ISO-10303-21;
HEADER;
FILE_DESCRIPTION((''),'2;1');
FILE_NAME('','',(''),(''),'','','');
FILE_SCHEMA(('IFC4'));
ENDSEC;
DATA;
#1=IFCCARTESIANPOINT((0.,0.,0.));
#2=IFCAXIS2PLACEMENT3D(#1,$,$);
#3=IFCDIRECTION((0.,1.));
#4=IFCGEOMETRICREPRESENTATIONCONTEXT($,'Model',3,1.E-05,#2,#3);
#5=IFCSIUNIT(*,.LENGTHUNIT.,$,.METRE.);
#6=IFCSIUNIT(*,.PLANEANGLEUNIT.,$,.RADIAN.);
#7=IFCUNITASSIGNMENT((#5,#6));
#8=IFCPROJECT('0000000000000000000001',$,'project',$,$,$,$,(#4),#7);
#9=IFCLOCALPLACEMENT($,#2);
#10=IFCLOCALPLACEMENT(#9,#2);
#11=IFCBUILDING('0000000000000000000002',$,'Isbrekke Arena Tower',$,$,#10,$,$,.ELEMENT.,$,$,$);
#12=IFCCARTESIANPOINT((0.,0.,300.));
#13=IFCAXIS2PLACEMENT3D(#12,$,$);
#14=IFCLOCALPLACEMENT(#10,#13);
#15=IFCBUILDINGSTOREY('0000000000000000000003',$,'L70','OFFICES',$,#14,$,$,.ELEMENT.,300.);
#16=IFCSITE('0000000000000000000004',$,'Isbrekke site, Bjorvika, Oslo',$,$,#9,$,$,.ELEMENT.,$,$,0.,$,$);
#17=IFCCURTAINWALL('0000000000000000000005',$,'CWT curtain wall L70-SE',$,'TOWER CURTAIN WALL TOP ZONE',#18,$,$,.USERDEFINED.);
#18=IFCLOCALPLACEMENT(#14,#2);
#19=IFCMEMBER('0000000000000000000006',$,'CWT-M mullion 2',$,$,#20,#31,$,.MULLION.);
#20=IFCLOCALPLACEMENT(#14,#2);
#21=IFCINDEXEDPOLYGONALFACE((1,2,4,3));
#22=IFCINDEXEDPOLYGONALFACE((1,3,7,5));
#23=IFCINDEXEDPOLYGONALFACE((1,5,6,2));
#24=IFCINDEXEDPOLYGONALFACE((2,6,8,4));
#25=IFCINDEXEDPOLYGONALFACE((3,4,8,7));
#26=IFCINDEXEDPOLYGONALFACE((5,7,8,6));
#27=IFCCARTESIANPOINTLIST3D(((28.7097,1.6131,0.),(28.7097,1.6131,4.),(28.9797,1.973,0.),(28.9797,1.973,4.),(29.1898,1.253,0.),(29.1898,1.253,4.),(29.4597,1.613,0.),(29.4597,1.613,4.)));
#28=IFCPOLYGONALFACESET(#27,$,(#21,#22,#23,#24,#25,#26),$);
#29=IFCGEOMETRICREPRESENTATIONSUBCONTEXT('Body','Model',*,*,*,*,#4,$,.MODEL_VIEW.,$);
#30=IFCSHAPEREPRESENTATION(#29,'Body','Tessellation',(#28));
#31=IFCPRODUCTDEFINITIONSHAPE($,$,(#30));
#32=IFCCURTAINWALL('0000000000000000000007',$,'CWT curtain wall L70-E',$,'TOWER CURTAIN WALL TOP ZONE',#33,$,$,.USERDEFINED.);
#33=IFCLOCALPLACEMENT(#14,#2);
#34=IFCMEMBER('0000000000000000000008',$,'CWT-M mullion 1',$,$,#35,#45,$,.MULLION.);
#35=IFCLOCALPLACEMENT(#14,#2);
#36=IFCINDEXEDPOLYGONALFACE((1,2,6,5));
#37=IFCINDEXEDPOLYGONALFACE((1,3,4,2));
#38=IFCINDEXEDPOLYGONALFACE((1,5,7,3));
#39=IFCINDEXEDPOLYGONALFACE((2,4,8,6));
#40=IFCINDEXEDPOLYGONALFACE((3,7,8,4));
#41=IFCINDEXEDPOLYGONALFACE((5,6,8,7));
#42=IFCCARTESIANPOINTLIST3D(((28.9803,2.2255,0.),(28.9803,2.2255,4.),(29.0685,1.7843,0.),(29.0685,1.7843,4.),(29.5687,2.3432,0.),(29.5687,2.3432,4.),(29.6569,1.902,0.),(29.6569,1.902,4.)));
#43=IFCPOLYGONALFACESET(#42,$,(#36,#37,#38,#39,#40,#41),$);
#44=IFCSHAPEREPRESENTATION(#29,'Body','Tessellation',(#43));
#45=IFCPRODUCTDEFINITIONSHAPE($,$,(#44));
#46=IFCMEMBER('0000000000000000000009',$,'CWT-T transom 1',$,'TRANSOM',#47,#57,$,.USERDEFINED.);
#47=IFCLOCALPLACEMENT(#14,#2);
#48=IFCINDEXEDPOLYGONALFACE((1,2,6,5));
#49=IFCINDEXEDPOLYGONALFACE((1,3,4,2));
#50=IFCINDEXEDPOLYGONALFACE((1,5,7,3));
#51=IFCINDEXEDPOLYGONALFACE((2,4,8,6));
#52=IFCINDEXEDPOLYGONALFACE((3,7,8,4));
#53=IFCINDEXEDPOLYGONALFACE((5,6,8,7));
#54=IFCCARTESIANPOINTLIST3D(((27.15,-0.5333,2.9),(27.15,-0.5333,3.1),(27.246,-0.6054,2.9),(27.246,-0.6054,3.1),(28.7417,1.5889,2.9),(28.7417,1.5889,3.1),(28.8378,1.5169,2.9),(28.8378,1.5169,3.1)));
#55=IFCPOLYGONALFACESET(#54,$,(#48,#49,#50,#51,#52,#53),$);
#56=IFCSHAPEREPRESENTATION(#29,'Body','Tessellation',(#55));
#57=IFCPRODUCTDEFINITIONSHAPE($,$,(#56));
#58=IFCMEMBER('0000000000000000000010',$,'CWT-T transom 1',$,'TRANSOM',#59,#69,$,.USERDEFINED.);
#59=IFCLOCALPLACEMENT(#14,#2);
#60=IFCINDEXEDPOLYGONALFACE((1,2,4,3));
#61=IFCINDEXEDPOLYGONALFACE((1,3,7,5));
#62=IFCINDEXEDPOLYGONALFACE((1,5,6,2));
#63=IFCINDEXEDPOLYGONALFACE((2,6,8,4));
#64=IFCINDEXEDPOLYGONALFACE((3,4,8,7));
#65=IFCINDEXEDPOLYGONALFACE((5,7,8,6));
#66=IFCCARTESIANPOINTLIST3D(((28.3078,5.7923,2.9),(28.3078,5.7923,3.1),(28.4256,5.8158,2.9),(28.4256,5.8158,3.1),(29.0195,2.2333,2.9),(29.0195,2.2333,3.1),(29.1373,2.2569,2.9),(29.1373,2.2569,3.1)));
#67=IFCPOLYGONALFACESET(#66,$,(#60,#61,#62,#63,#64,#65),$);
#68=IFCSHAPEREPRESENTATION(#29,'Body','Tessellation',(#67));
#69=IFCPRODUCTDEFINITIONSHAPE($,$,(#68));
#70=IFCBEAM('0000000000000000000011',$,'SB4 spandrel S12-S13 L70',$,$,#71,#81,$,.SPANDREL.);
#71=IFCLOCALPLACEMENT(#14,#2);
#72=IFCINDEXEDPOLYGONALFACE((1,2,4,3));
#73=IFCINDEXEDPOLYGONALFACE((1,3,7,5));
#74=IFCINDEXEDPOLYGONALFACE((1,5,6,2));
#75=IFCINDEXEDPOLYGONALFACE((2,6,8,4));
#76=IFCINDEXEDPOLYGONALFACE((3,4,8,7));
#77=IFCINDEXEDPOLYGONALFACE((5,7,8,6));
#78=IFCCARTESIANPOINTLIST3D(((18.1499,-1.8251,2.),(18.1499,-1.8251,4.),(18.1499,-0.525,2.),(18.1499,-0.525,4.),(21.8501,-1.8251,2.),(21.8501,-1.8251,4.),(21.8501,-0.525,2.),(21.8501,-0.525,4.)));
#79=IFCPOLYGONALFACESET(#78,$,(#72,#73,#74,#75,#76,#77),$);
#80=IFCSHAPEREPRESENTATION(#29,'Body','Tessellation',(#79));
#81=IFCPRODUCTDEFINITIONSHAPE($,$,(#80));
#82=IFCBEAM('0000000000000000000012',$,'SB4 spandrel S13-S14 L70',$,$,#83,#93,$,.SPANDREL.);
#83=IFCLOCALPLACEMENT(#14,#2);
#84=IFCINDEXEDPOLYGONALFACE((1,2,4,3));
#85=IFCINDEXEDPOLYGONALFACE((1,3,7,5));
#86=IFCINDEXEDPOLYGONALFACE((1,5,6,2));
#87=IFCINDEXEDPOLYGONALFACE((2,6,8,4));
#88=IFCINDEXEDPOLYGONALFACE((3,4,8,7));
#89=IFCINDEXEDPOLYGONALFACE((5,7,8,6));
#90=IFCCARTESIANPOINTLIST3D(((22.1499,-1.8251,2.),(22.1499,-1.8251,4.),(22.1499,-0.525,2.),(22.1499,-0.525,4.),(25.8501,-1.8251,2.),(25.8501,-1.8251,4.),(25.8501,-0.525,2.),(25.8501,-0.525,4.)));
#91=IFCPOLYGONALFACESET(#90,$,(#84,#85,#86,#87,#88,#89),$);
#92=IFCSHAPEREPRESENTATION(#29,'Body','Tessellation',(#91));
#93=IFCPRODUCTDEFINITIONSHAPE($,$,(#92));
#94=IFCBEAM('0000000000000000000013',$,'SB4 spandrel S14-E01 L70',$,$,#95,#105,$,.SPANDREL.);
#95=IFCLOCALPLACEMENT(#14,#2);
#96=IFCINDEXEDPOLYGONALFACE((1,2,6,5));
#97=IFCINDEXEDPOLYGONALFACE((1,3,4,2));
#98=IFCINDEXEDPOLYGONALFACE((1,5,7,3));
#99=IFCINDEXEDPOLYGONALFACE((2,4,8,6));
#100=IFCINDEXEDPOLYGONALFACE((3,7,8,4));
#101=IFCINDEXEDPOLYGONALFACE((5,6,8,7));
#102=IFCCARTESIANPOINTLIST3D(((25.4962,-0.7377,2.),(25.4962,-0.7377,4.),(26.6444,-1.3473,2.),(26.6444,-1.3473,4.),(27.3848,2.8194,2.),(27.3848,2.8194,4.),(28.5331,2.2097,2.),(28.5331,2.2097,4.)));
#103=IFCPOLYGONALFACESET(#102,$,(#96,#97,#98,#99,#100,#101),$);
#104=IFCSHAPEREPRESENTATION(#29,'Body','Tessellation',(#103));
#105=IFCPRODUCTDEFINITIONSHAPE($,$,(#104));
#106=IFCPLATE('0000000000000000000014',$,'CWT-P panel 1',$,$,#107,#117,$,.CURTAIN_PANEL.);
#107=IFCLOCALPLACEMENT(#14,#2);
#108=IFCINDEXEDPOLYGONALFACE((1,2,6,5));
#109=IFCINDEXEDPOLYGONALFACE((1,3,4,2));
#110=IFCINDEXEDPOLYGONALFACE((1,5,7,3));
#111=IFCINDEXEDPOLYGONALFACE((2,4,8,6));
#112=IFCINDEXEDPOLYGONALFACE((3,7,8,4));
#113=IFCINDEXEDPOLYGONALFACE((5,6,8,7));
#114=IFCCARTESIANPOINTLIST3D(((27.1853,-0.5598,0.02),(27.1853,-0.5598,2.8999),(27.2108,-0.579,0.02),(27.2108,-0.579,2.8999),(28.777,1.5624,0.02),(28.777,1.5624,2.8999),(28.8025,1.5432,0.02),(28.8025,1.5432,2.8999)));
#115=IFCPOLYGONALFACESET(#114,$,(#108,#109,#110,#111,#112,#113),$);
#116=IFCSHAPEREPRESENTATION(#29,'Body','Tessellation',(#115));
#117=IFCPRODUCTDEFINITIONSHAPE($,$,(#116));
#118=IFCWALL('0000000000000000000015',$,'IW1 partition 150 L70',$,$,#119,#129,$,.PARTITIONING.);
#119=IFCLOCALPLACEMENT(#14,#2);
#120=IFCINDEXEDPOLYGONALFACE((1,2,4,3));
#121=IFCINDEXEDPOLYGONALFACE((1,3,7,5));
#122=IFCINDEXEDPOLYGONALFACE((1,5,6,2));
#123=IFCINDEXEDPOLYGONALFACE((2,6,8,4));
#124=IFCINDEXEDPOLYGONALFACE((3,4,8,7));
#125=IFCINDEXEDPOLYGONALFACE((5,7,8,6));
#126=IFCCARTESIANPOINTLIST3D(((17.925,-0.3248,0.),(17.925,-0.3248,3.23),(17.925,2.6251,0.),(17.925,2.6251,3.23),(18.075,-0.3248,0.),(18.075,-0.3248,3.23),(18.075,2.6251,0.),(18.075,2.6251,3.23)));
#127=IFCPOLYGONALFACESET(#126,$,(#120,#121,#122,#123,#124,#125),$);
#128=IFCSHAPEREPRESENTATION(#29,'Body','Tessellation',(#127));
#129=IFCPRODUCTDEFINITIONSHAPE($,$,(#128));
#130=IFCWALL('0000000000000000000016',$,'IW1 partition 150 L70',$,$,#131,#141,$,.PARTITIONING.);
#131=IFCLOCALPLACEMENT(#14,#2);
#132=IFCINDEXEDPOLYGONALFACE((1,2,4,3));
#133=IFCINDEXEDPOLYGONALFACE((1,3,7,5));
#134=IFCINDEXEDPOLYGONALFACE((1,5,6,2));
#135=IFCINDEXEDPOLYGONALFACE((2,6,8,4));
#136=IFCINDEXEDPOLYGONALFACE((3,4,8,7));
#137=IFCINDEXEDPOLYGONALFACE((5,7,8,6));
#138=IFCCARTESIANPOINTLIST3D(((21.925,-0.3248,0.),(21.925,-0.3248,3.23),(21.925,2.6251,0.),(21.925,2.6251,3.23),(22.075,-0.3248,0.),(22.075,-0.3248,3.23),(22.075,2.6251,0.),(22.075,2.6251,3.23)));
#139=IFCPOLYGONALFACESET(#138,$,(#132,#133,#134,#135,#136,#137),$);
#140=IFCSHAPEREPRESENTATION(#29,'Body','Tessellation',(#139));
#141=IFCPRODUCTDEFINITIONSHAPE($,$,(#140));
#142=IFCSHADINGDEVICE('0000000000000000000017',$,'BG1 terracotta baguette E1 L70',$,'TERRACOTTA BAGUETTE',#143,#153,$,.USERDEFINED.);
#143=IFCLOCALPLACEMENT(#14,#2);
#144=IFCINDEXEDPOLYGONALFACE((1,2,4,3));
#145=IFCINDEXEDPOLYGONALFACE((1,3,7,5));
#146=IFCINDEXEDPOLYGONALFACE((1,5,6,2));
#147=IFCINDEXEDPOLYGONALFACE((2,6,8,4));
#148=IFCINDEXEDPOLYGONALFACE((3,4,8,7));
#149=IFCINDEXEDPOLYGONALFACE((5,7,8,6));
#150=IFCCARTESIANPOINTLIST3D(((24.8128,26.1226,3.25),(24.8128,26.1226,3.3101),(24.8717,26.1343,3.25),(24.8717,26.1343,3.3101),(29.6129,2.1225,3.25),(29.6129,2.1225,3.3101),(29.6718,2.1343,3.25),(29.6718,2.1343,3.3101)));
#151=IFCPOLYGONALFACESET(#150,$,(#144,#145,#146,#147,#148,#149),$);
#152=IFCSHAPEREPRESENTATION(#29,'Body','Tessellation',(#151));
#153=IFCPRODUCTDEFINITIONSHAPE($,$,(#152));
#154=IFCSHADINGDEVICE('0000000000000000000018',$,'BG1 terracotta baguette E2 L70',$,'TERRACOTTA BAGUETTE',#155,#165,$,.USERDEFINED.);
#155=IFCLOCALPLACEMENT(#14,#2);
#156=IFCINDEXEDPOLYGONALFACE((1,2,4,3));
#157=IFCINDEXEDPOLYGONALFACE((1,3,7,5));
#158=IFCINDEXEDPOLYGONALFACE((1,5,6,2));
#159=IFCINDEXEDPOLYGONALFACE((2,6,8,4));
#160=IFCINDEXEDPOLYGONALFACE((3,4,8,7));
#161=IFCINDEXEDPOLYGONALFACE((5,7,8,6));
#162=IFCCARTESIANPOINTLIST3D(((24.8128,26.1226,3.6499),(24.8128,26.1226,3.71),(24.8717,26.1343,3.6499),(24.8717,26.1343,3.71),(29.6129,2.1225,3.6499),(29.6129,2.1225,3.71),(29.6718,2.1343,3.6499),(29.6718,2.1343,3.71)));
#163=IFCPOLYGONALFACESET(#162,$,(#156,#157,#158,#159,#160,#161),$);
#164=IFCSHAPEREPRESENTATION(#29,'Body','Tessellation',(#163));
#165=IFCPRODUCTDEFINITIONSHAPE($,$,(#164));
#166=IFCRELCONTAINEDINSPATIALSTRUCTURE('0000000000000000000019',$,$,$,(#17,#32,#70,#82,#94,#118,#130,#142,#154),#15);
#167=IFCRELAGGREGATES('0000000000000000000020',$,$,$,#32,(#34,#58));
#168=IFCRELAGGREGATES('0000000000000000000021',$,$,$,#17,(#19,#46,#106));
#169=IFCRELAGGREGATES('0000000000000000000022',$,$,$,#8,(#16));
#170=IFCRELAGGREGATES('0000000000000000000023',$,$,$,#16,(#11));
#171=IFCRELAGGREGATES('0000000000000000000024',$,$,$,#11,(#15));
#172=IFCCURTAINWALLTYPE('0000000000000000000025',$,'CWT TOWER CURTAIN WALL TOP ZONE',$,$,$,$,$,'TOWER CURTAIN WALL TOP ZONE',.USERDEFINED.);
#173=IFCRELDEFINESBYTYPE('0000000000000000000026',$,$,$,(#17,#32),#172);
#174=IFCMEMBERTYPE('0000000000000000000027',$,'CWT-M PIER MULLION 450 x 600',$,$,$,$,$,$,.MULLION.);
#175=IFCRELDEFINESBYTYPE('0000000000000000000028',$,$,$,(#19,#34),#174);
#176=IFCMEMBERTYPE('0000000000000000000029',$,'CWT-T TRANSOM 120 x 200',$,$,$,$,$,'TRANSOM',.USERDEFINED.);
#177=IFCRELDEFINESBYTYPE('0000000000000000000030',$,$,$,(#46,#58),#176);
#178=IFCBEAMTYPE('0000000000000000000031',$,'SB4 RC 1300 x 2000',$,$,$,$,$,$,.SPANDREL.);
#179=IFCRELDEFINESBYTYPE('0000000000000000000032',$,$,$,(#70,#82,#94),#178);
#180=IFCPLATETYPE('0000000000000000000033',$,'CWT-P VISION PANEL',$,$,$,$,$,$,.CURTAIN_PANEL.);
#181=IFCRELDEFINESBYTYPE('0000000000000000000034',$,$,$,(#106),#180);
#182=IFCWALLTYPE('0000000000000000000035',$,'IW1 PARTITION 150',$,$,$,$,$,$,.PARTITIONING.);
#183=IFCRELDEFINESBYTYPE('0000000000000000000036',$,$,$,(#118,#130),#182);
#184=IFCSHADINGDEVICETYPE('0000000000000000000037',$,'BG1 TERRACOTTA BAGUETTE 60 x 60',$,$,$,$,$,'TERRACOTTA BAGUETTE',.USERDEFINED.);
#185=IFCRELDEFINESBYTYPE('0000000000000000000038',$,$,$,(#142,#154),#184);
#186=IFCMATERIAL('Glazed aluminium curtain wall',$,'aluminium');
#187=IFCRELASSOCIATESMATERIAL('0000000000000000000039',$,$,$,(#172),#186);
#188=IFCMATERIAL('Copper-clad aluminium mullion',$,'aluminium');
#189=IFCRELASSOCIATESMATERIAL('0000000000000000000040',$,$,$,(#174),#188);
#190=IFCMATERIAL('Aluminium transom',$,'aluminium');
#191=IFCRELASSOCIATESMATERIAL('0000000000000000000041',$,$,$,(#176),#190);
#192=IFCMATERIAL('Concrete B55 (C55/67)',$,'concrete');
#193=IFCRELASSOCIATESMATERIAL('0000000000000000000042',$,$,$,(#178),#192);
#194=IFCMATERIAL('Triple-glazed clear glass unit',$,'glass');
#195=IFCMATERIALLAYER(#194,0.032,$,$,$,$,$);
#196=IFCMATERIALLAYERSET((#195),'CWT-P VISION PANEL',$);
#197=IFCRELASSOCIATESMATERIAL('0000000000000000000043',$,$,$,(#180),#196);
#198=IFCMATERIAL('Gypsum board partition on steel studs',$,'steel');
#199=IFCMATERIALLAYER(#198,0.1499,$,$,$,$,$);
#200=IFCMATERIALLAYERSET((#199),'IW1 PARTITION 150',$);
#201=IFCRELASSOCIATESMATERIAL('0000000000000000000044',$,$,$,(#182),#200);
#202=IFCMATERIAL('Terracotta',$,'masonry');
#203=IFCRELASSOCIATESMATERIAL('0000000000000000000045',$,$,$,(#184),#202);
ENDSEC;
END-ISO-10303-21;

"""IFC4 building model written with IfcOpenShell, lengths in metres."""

from ifc_helpers import new_model, si_unit, direction, frame, frame_2d, origin, origin_2d, place, context, subcontext, project, spatial, rectangle, extrude, material, layer, layer_set, material_profile, profile_set, type_object, element, aggregate, save


model = new_model("IFC4")

# Units and contexts
model_context = context("Model", 3, precision=1e-05, world=origin(), true_north=direction((0.0, 1.0)))
body_context = subcontext(model_context, "Body", "Model", "MODEL_VIEW")
ifc_project = project(units=[si_unit("LENGTHUNIT", "METRE"), si_unit("PLANEANGLEUNIT", "RADIAN")], contexts=[model_context])

# Site, building, storey
site_placement = place(None, origin())
site = spatial("IfcSite", under=ifc_project, at=site_placement, Name="Isbrekke site, Bjorvika, Oslo", CompositionType="ELEMENT", RefElevation=0.0)
building_placement = place(site_placement, origin())
building = spatial("IfcBuilding", under=site, at=building_placement, Name="Isbrekke Arena Tower", CompositionType="ELEMENT")
storey_placement = place(building_placement, frame((0.0, 0.0, 300.0)))
storey = spatial("IfcBuildingStorey", under=building, at=storey_placement, Name="L70", Description="OFFICES", CompositionType="ELEMENT", Elevation=300.0)

# Curtain wall, member
ifc_material_1 = material(Name="Glazed aluminium curtain wall", Category="aluminium")
curtain_wall_type = type_object("IfcCurtainWallType", Name="CWT TOWER CURTAIN WALL TOP ZONE", ElementType="TOWER CURTAIN WALL TOP ZONE", PredefinedType="USERDEFINED", material=ifc_material_1)
curtain_wall_1_placement = place(storey_placement, origin())
curtain_wall_1 = element("IfcCurtainWall", 1, at=curtain_wall_1_placement, inside=storey, type_object=curtain_wall_type, Name="CWT curtain wall L70-SE", ObjectType="TOWER CURTAIN WALL TOP ZONE", PredefinedType="USERDEFINED")
ifc_material_2 = material(Name="Copper-clad aluminium mullion", Category="aluminium")
ifc_material_profile_1 = material_profile(ifc_material_2, rectangle(XDim=0.45, YDim=0.6001, at=origin_2d()), Name="PIER 450X600")
ifc_profile_set_1 = profile_set([ifc_material_profile_1], Name="Copper-clad aluminium mullion")
member_type_1 = type_object("IfcMemberType", Name="CWT-M PIER MULLION 450 x 600", PredefinedType="MULLION", material=ifc_profile_set_1)
member_1_placement = place(storey_placement, frame((29.0847, 1.613, 0.0), z_axis=(0.0, 0.0, 1.0), x_axis=(0.6, 0.8, 0.0)))
member_1 = element("IfcMember", 2, at=member_1_placement, type_object=member_type_1, Name="CWT-M mullion 2", PredefinedType="MULLION", context=body_context, shape_type="SweptSolid", body=[
    extrude(rectangle(XDim=0.45, YDim=0.6001, at=origin_2d()), origin(), (0.0, 0.0, 1.0), 4.0),
])

# Curtain wall, member
curtain_wall_2_placement = place(storey_placement, origin())
curtain_wall_2 = element("IfcCurtainWall", 3, at=curtain_wall_2_placement, inside=storey, type_object=curtain_wall_type, Name="CWT curtain wall L70-E", ObjectType="TOWER CURTAIN WALL TOP ZONE", PredefinedType="USERDEFINED")
member_2_placement = place(storey_placement, frame((29.3186, 2.0637, 0.0), z_axis=(0.0, 0.0, 1.0), x_axis=(-0.196116, 0.980581, 0.0)))
member_2 = element("IfcMember", 4, at=member_2_placement, type_object=member_type_1, Name="CWT-M mullion 1", PredefinedType="MULLION", context=body_context, shape_type="SweptSolid", body=[
    extrude(rectangle(XDim=0.45, YDim=0.6001, at=origin_2d()), origin(), (0.0, 0.0, 1.0), 4.0),
])

# Members
ifc_material_3 = material(Name="Aluminium transom", Category="aluminium")
ifc_material_profile_2 = material_profile(ifc_material_3, rectangle(XDim=0.1201, YDim=0.2, at=origin_2d()), Name="TRANSOM 120X200")
ifc_profile_set_2 = profile_set([ifc_material_profile_2], Name="Aluminium transom")
member_type_2 = type_object("IfcMemberType", Name="CWT-T TRANSOM 120 x 200", ElementType="TRANSOM", PredefinedType="USERDEFINED", material=ifc_profile_set_2)
member_3_placement = place(storey_placement, frame((27.198, -0.5693, 3.0), z_axis=(0.600015, 0.799989, 0.0), x_axis=(-0.799989, 0.600015, 0.0)))
member_3 = element("IfcMember", 5, at=member_3_placement, type_object=member_type_2, Name="CWT-T transom 1", ObjectType="TRANSOM", PredefinedType="USERDEFINED", context=body_context, shape_type="SweptSolid", body=[
    extrude(rectangle(XDim=0.1201, YDim=0.2, at=origin_2d()), origin(), (0.0, 0.0, 1.0), 2.6528),
])
member_4_placement = place(storey_placement, frame((29.0784, 2.2451, 3.0), z_axis=(-0.19609, 0.980586, 0.0), x_axis=(-0.980586, -0.19609, 0.0)))
member_4 = element("IfcMember", 6, at=member_4_placement, type_object=member_type_2, Name="CWT-T transom 1", ObjectType="TRANSOM", PredefinedType="USERDEFINED", context=body_context, shape_type="SweptSolid", body=[
    extrude(rectangle(XDim=0.1201, YDim=0.2, at=origin_2d()), origin(), (0.0, 0.0, 1.0), 3.6294),
])
aggregate(curtain_wall_2, [member_2, member_4])

# Beams
ifc_material_4 = material(Name="Concrete B55 (C55/67)", Category="concrete")
ifc_material_profile_3 = material_profile(ifc_material_4, rectangle(XDim=1.3, YDim=2.0, at=origin_2d()), Name="RC 1300x2000")
ifc_profile_set_3 = profile_set([ifc_material_profile_3], Name="Concrete B55 (C55/67)")
beam_type_1 = type_object("IfcBeamType", Name="SB4 RC 1300 x 2000", PredefinedType="SPANDREL", material=ifc_profile_set_3)
for number, where, z_axis, x_axis, name in (
    (7, (18.1499, -1.175, 3.0), (1.0, 0.0, 0.0), (0.0, 1.0, 0.0), "SB4 spandrel S12-S13 L70"),
    (8, (22.1499, -1.175, 3.0), (1.0, 0.0, 0.0), (0.0, 1.0, 0.0), "SB4 spandrel S13-S14 L70"),
):
    element("IfcBeam", number, at=place(storey_placement, frame(where, z_axis=z_axis, x_axis=x_axis)), inside=storey, type_object=beam_type_1, Name=name, PredefinedType="SPANDREL", context=body_context, shape_type="SweptSolid", body=[
        extrude(rectangle(XDim=1.3, YDim=2.0, at=origin_2d()), origin(), (0.0, 0.0, 1.0), 3.7002),
    ])
beam_1_placement = place(storey_placement, frame((26.0703, -1.0425, 3.0), z_axis=(0.468951, 0.883224, 0.0), x_axis=(-0.883224, 0.468951, 0.0)))
element("IfcBeam", 9, at=beam_1_placement, inside=storey, type_object=beam_type_1, Name="SB4 spandrel S14-E01 L70", PredefinedType="SPANDREL", context=body_context, shape_type="SweptSolid", body=[
    extrude(rectangle(XDim=1.3, YDim=2.0, at=origin_2d()), origin(), (0.0, 0.0, 1.0), 4.0273),
])

# Plate
ifc_material_5 = material(Name="Triple-glazed clear glass unit", Category="glass")
ifc_layer_1 = layer(ifc_material_5, 0.032)
ifc_layer_set_1 = layer_set([ifc_layer_1], Name="CWT-P VISION PANEL")
plate_type = type_object("IfcPlateType", Name="CWT-P VISION PANEL", PredefinedType="CURTAIN_PANEL", material=ifc_layer_set_1)
plate_placement = place(storey_placement, frame((27.9939, 0.4917, 0.02), z_axis=(0.0, 0.0, 1.0), x_axis=(0.6, 0.8, 0.0)))
plate = element("IfcPlate", 10, at=plate_placement, type_object=plate_type, Name="CWT-P panel 1", PredefinedType="CURTAIN_PANEL", context=body_context, shape_type="SweptSolid", body=[
    extrude(rectangle(XDim=2.6528, YDim=0.032, at=origin_2d()), origin(), (0.0, 0.0, 1.0), 2.8799),
])
aggregate(curtain_wall_1, [member_1, member_3, plate])

# Walls
ifc_material_6 = material(Name="Gypsum board partition on steel studs", Category="steel")
ifc_layer_2 = layer(ifc_material_6, 0.1499)
ifc_layer_set_2 = layer_set([ifc_layer_2], Name="IW1 PARTITION 150")
wall_type = type_object("IfcWallType", Name="IW1 PARTITION 150", PredefinedType="PARTITIONING", material=ifc_layer_set_2)
for number, where, z_axis, x_axis, name in (
    (11, (18.0, -0.325, 0.0), (0.0, 0.0, 1.0), (0.0, 1.0, 0.0), "IW1 partition 150 L70"),
    (12, (22.0, -0.325, 0.0), (0.0, 0.0, 1.0), (0.0, 1.0, 0.0), "IW1 partition 150 L70"),
):
    element("IfcWall", number, at=place(storey_placement, frame(where, z_axis=z_axis, x_axis=x_axis)), inside=storey, type_object=wall_type, Name=name, PredefinedType="PARTITIONING", context=body_context, shape_type="SweptSolid", body=[
        extrude(rectangle(XDim=2.95, YDim=0.1499, at=frame_2d((1.4751, 0.0))), origin(), (0.0, 0.0, 1.0), 3.23),
    ])

# Shading devices
ifc_material_7 = material(Name="Terracotta", Category="masonry")
ifc_material_profile_4 = material_profile(ifc_material_7, rectangle(XDim=0.0601, YDim=0.0601, at=origin_2d()), Name="BAGUETTE 60X60")
ifc_profile_set_4 = profile_set([ifc_material_profile_4], Name="Terracotta")
shading_device_type = type_object("IfcShadingDeviceType", Name="BG1 TERRACOTTA BAGUETTE 60 x 60", ElementType="TERRACOTTA BAGUETTE", PredefinedType="USERDEFINED", material=ifc_profile_set_4)
for number, where, z_axis, x_axis, name in (
    (13, (29.6423, 2.1284, 3.28), (-0.196118, 0.98058, 0.0), (-0.98058, -0.196118, 0.0), "BG1 terracotta baguette E1 L70"),
    (14, (29.6423, 2.1284, 3.6799), (-0.196118, 0.98058, 0.0), (-0.98058, -0.196118, 0.0), "BG1 terracotta baguette E2 L70"),
):
    element("IfcShadingDevice", number, at=place(storey_placement, frame(where, z_axis=z_axis, x_axis=x_axis)), inside=storey, type_object=shading_device_type, Name=name, ObjectType="TERRACOTTA BAGUETTE", PredefinedType="USERDEFINED", context=body_context, shape_type="SweptSolid", body=[
        extrude(rectangle(XDim=0.0601, YDim=0.0601, at=origin_2d()), origin(), (0.0, 0.0, 1.0), 24.4753),
    ])

save(model, "model.ifc")
